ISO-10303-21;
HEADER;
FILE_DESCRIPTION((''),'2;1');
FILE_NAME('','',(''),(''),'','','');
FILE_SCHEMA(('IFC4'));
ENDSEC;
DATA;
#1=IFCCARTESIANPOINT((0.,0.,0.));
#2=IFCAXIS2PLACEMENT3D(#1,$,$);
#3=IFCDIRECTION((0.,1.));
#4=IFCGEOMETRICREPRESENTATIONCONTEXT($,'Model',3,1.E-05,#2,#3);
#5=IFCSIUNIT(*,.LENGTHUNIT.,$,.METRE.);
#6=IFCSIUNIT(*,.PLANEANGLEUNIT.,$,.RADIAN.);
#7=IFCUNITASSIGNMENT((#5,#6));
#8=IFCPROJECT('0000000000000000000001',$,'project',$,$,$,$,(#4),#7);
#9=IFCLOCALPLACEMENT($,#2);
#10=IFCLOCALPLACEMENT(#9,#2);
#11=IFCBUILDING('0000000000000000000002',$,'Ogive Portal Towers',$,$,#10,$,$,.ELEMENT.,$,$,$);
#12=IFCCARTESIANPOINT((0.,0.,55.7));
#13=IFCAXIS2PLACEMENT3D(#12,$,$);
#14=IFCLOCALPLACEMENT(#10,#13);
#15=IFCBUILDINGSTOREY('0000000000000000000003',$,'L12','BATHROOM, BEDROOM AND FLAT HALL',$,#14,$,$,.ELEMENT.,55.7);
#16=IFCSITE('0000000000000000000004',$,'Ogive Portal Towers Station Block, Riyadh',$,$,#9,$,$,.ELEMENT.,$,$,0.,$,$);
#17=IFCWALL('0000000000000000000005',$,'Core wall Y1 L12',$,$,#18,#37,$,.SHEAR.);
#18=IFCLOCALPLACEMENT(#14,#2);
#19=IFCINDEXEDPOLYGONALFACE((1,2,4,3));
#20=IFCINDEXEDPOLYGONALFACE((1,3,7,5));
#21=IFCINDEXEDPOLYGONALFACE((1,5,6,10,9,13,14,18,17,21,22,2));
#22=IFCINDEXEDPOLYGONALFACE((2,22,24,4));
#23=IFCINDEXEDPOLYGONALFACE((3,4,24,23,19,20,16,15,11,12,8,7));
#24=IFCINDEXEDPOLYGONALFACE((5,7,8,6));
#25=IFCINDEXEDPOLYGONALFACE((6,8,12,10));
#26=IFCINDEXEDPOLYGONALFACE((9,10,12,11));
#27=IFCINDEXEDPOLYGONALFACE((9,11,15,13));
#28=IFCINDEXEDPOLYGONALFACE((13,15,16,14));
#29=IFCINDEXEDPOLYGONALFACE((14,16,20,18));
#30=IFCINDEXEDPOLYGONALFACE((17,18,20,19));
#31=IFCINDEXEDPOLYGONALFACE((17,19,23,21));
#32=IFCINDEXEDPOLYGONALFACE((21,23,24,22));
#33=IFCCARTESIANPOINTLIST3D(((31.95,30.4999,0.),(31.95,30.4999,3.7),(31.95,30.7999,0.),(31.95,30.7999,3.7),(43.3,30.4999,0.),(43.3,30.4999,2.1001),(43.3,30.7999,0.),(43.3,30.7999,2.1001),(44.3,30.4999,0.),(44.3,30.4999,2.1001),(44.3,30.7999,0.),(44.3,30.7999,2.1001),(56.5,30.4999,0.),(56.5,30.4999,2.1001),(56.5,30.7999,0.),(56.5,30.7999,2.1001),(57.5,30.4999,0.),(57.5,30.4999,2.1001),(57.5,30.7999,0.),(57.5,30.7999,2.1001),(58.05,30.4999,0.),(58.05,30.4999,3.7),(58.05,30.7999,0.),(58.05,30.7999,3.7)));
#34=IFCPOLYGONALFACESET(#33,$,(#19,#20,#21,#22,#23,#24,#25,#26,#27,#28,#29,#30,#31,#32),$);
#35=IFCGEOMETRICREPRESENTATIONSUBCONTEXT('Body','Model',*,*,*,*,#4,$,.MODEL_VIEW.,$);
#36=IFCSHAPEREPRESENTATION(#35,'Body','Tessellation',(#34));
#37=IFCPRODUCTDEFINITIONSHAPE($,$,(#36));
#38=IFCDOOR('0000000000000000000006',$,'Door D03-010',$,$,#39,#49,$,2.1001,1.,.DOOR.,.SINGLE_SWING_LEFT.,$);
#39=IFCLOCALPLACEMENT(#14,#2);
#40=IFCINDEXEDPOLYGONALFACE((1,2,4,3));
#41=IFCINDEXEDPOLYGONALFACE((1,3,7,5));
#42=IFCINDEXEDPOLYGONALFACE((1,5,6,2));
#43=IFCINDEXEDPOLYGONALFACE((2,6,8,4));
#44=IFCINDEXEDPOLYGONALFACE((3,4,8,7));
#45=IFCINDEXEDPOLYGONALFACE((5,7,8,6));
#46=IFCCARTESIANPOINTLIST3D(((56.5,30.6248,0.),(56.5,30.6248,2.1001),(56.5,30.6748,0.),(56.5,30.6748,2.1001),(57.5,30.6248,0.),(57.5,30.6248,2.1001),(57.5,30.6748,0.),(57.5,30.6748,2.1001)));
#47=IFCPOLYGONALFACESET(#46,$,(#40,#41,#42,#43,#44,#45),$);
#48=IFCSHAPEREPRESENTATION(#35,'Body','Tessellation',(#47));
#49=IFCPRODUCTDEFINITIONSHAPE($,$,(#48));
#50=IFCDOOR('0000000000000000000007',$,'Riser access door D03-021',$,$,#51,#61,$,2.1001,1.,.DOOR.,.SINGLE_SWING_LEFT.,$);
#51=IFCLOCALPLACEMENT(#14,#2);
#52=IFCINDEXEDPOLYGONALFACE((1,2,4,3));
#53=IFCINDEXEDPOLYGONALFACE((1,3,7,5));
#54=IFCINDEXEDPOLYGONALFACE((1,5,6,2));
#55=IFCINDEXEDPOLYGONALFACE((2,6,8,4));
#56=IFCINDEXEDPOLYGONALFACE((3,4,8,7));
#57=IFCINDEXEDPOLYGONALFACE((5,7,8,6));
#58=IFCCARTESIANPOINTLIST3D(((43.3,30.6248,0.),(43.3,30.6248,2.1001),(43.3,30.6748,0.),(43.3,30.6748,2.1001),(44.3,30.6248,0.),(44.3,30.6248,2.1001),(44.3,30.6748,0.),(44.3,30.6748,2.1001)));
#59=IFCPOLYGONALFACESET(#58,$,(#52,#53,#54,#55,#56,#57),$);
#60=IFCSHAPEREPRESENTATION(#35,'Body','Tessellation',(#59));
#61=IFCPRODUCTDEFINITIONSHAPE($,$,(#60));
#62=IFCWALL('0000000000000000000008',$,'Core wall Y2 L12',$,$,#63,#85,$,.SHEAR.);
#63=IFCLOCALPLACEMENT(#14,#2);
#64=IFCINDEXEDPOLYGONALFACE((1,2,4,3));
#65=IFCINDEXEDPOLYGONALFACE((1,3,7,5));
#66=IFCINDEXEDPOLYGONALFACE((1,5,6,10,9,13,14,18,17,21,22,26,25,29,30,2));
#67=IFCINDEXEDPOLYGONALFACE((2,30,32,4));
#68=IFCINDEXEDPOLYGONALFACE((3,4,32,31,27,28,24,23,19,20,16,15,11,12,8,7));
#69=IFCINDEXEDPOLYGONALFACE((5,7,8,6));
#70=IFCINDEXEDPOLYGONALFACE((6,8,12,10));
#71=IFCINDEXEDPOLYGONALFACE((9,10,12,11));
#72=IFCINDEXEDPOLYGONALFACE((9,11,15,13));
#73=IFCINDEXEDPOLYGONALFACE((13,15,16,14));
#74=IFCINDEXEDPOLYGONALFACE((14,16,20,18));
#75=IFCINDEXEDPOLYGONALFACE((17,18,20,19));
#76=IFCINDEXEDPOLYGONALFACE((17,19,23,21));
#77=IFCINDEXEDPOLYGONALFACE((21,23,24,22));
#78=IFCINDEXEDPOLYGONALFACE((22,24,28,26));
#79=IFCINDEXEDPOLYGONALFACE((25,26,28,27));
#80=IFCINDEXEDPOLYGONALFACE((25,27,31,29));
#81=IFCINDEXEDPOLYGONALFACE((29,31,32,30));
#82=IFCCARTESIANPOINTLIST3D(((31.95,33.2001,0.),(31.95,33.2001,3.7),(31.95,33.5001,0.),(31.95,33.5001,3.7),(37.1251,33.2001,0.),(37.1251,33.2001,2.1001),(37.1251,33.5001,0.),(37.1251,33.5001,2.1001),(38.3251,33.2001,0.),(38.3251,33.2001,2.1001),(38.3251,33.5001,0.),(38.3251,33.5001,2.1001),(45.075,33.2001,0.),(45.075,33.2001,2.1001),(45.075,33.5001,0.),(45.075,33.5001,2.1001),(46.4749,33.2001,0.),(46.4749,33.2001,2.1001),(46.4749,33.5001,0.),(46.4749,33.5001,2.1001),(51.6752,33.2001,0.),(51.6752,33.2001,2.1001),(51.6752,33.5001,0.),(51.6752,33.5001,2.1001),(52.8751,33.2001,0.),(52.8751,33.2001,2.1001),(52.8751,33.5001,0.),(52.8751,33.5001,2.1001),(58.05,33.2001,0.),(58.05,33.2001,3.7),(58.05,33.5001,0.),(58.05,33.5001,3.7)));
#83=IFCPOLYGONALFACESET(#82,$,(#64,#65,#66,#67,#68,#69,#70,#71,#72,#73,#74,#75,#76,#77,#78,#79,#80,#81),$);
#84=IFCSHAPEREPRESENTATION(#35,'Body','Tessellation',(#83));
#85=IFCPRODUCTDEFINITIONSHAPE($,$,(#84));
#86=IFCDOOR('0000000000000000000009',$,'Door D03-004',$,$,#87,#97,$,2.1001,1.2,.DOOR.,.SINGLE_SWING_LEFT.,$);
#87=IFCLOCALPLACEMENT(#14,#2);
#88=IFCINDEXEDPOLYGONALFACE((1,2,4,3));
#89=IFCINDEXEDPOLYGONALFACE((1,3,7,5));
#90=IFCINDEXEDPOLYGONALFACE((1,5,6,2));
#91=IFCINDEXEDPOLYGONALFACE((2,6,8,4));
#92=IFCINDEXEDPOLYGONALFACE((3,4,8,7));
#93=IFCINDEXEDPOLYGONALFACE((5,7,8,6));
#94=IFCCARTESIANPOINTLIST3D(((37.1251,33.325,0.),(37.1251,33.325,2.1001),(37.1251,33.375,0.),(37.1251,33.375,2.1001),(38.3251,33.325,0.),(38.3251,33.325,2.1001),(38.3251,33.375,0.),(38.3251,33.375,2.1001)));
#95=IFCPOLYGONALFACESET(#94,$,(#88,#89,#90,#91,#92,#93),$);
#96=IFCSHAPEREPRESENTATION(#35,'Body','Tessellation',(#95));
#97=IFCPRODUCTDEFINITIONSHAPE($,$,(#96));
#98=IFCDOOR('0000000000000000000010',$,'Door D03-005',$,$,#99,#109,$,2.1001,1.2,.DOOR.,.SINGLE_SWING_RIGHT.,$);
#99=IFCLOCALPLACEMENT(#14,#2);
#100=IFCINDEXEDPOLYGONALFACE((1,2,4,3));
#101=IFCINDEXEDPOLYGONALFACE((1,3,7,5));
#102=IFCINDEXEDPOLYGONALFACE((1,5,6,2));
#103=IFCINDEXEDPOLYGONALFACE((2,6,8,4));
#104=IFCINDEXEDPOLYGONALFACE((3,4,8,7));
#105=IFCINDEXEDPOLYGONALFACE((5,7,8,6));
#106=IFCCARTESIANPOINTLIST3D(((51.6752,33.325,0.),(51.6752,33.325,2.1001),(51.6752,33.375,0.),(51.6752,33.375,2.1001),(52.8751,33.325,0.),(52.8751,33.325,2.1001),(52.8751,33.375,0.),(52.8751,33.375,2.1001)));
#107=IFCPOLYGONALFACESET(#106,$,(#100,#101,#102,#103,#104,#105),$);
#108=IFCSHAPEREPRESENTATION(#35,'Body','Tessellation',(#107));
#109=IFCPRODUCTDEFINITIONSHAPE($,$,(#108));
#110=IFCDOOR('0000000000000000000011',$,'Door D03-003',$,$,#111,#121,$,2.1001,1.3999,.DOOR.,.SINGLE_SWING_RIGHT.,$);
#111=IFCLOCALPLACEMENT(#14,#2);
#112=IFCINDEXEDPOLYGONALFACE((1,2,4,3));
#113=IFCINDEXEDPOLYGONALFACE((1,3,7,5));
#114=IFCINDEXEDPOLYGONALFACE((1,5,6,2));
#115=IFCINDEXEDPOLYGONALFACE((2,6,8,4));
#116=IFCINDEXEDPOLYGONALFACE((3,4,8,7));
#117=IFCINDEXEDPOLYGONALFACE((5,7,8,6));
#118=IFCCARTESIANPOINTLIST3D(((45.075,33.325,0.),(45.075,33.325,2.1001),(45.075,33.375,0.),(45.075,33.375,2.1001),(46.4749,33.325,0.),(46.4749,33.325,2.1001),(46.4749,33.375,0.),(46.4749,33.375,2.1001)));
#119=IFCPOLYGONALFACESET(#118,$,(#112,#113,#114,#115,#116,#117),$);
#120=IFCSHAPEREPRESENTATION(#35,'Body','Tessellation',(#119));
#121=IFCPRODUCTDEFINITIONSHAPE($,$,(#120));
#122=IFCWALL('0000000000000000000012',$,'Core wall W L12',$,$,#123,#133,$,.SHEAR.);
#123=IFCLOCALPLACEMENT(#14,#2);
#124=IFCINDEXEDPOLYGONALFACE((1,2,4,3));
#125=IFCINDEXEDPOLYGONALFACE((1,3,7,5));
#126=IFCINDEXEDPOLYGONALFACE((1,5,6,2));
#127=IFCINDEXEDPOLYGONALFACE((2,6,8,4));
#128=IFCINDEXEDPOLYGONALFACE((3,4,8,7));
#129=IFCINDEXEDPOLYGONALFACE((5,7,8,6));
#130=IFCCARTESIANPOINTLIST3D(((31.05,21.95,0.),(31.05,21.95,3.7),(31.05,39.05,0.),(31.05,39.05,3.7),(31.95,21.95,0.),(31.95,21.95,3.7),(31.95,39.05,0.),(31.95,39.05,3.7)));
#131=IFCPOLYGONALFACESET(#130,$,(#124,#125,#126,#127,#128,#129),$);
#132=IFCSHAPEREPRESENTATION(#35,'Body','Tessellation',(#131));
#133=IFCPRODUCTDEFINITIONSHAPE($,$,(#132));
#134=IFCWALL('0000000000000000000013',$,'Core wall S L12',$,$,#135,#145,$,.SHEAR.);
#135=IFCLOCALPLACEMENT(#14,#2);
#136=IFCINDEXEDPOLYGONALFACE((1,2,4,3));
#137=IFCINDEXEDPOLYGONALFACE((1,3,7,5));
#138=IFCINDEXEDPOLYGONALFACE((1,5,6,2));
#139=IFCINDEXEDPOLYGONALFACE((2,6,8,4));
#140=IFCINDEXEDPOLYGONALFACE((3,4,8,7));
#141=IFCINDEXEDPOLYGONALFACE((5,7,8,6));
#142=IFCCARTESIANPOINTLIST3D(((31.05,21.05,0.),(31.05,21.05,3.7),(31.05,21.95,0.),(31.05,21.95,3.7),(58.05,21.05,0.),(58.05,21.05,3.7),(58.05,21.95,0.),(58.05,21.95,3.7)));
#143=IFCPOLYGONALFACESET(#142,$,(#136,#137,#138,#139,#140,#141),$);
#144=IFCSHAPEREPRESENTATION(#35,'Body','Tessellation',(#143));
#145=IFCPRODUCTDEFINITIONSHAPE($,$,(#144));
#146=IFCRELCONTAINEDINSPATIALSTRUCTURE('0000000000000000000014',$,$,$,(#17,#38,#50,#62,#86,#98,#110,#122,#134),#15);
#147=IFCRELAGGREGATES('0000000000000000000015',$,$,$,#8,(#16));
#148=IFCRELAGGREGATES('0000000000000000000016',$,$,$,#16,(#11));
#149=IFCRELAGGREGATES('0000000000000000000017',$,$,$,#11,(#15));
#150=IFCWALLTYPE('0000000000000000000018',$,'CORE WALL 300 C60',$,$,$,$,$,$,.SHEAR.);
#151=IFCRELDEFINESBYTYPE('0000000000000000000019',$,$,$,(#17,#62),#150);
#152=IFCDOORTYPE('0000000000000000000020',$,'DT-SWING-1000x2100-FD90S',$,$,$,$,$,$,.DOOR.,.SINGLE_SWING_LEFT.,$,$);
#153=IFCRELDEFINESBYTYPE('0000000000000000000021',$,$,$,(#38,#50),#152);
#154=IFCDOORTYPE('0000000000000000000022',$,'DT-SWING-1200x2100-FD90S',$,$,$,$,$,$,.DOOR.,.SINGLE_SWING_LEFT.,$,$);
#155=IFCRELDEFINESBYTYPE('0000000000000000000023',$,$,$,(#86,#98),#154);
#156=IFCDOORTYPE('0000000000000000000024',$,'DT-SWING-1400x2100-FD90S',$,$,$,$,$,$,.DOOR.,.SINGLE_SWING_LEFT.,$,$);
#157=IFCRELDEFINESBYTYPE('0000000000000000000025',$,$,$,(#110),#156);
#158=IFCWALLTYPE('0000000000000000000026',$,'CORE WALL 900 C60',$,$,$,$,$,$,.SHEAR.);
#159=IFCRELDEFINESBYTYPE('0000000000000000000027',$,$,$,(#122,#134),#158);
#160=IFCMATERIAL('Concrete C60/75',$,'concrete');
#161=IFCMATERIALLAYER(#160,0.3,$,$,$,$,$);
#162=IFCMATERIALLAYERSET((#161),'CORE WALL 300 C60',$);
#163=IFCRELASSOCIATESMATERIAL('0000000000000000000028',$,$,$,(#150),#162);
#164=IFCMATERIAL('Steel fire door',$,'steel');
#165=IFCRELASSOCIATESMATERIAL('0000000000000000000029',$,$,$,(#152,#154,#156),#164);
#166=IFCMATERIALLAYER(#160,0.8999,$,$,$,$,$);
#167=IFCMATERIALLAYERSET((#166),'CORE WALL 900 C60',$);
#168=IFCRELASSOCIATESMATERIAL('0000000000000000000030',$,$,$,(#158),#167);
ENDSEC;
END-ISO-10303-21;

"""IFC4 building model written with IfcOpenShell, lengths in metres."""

from ifc_helpers import new_model, si_unit, direction, frame, frame_2d, origin, place, context, subcontext, project, spatial, rectangle, extrude, material, layer, layer_set, type_object, element, fill, save


model = new_model("IFC4")

# Units and contexts
model_context = context("Model", 3, precision=1e-05, world=origin(), true_north=direction((0.0, 1.0)))
body_context = subcontext(model_context, "Body", "Model", "MODEL_VIEW")
ifc_project = project(units=[si_unit("LENGTHUNIT", "METRE"), si_unit("PLANEANGLEUNIT", "RADIAN")], contexts=[model_context])

# Site, building, storey
site_placement = place(None, origin())
site = spatial("IfcSite", under=ifc_project, at=site_placement, Name="Ogive Portal Towers Station Block, Riyadh", CompositionType="ELEMENT", RefElevation=0.0)
building_placement = place(site_placement, origin())
building = spatial("IfcBuilding", under=site, at=building_placement, Name="Ogive Portal Towers", CompositionType="ELEMENT")
storey_placement = place(building_placement, frame((0.0, 0.0, 55.7)))
storey = spatial("IfcBuildingStorey", under=building, at=storey_placement, Name="L12", Description="BATHROOM, BEDROOM AND FLAT HALL", CompositionType="ELEMENT", Elevation=55.7)

# Walls, openings, doors
ifc_material_1 = material(Name="Concrete C60/75", Category="concrete")
ifc_layer_1 = layer(ifc_material_1, 0.3)
ifc_layer_set_1 = layer_set([ifc_layer_1], Name="CORE WALL 300 C60")
wall_type_1 = type_object("IfcWallType", Name="CORE WALL 300 C60", PredefinedType="SHEAR", material=ifc_layer_set_1)
wall_1_placement = place(storey_placement, frame((31.95, 30.6499, 0.0), z_axis=(0.0, 0.0, 1.0), x_axis=(1.0, 0.0, 0.0)))
wall_1 = element("IfcWall", 1, at=wall_1_placement, inside=storey, type_object=wall_type_1, Name="Core wall Y1 L12", PredefinedType="SHEAR", context=body_context, shape_type="SweptSolid", body=[
    extrude(rectangle(XDim=26.1001, YDim=0.3, at=frame_2d((13.05, 0.0))), origin(), (0.0, 0.0, 1.0), 3.7),
])
opening_1_placement = place(wall_1_placement, frame((24.55, 0.0, 0.0)))
opening_1 = element("IfcOpeningElement", 2, at=opening_1_placement, cuts=wall_1, PredefinedType="OPENING", context=body_context, shape_type="SweptSolid", body=[
    extrude(rectangle(XDim=1.0, YDim=2.1001, at=frame_2d((0.5, 1.05))), frame((0.0, 0.1602, 0.0), z_axis=(0.0, -1.0, 0.0), x_axis=(1.0, 0.0, 0.0)), (0.0, 0.0, 1.0), 0.3201),
])
opening_2_placement = place(wall_1_placement, frame((11.3501, 0.0, 0.0)))
opening_2 = element("IfcOpeningElement", 3, at=opening_2_placement, cuts=wall_1, PredefinedType="OPENING", context=body_context, shape_type="SweptSolid", body=[
    extrude(rectangle(XDim=1.0, YDim=2.1001, at=frame_2d((0.5, 1.05))), frame((0.0, 0.1602, 0.0), z_axis=(0.0, -1.0, 0.0), x_axis=(1.0, 0.0, 0.0)), (0.0, 0.0, 1.0), 0.3201),
])
ifc_material_2 = material(Name="Steel fire door", Category="steel")
door_type_1 = type_object("IfcDoorType", Name="DT-SWING-1000x2100-FD90S", OperationType="SINGLE_SWING_LEFT", PredefinedType="DOOR", material=ifc_material_2)
door_1_placement = place(opening_1_placement, origin())
door_1 = element("IfcDoor", 4, at=door_1_placement, inside=storey, type_object=door_type_1, Name="Door D03-010", OperationType="SINGLE_SWING_LEFT", OverallHeight=2.1001, OverallWidth=1.0, PredefinedType="DOOR", context=body_context, shape_type="SweptSolid", body=[
    extrude(rectangle(XDim=1.0, YDim=2.1001, at=frame_2d((0.5, 1.05))), frame((0.0, 0.0249, 0.0), z_axis=(0.0, -1.0, 0.0), x_axis=(1.0, 0.0, 0.0)), (0.0, 0.0, 1.0), 0.05),
])
fill(opening_1, door_1)
door_2_placement = place(opening_2_placement, origin())
door_2 = element("IfcDoor", 5, at=door_2_placement, inside=storey, type_object=door_type_1, Name="Riser access door D03-021", OperationType="SINGLE_SWING_LEFT", OverallHeight=2.1001, OverallWidth=1.0, PredefinedType="DOOR", context=body_context, shape_type="SweptSolid", body=[
    extrude(rectangle(XDim=1.0, YDim=2.1001, at=frame_2d((0.5, 1.05))), frame((0.0, 0.0249, 0.0), z_axis=(0.0, -1.0, 0.0), x_axis=(1.0, 0.0, 0.0)), (0.0, 0.0, 1.0), 0.05),
])
fill(opening_2, door_2)
wall_2_placement = place(storey_placement, frame((31.95, 33.3501, 0.0), z_axis=(0.0, 0.0, 1.0), x_axis=(1.0, 0.0, 0.0)))
wall_2 = element("IfcWall", 6, at=wall_2_placement, inside=storey, type_object=wall_type_1, Name="Core wall Y2 L12", PredefinedType="SHEAR", context=body_context, shape_type="SweptSolid", body=[
    extrude(rectangle(XDim=26.1001, YDim=0.3, at=frame_2d((13.05, 0.0))), origin(), (0.0, 0.0, 1.0), 3.7),
])
opening_3_placement = place(wall_2_placement, frame((13.125, 0.0, 0.0)))
opening_3 = element("IfcOpeningElement", 7, at=opening_3_placement, cuts=wall_2, PredefinedType="OPENING", context=body_context, shape_type="SweptSolid", body=[
    extrude(rectangle(XDim=1.3999, YDim=2.1001, at=frame_2d((0.7, 1.05))), frame((0.0, 0.1602, 0.0), z_axis=(0.0, -1.0, 0.0), x_axis=(1.0, 0.0, 0.0)), (0.0, 0.0, 1.0), 0.3201),
])
opening_4_placement = place(wall_2_placement, frame((5.175, 0.0, 0.0)))
opening_4 = element("IfcOpeningElement", 8, at=opening_4_placement, cuts=wall_2, PredefinedType="OPENING", context=body_context, shape_type="SweptSolid", body=[
    extrude(rectangle(XDim=1.2, YDim=2.1001, at=frame_2d((0.6001, 1.05))), frame((0.0, 0.1602, 0.0), z_axis=(0.0, -1.0, 0.0), x_axis=(1.0, 0.0, 0.0)), (0.0, 0.0, 1.0), 0.3201),
])
opening_5_placement = place(wall_2_placement, frame((19.7251, 0.0, 0.0)))
opening_5 = element("IfcOpeningElement", 9, at=opening_5_placement, cuts=wall_2, PredefinedType="OPENING", context=body_context, shape_type="SweptSolid", body=[
    extrude(rectangle(XDim=1.2, YDim=2.1001, at=frame_2d((0.6001, 1.05))), frame((0.0, 0.1602, 0.0), z_axis=(0.0, -1.0, 0.0), x_axis=(1.0, 0.0, 0.0)), (0.0, 0.0, 1.0), 0.3201),
])
door_type_2 = type_object("IfcDoorType", Name="DT-SWING-1200x2100-FD90S", OperationType="SINGLE_SWING_LEFT", PredefinedType="DOOR", material=ifc_material_2)
door_3_placement = place(opening_4_placement, origin())
door_3 = element("IfcDoor", 10, at=door_3_placement, inside=storey, type_object=door_type_2, Name="Door D03-004", OperationType="SINGLE_SWING_LEFT", OverallHeight=2.1001, OverallWidth=1.2, PredefinedType="DOOR", context=body_context, shape_type="SweptSolid", body=[
    extrude(rectangle(XDim=1.2, YDim=2.1001, at=frame_2d((0.6001, 1.05))), frame((0.0, 0.0249, 0.0), z_axis=(0.0, -1.0, 0.0), x_axis=(1.0, 0.0, 0.0)), (0.0, 0.0, 1.0), 0.05),
])
fill(opening_4, door_3)
door_4_placement = place(opening_5_placement, origin())
door_4 = element("IfcDoor", 11, at=door_4_placement, inside=storey, type_object=door_type_2, Name="Door D03-005", OperationType="SINGLE_SWING_RIGHT", OverallHeight=2.1001, OverallWidth=1.2, PredefinedType="DOOR", context=body_context, shape_type="SweptSolid", body=[
    extrude(rectangle(XDim=1.2, YDim=2.1001, at=frame_2d((0.6001, 1.05))), frame((0.0, 0.0249, 0.0), z_axis=(0.0, -1.0, 0.0), x_axis=(1.0, 0.0, 0.0)), (0.0, 0.0, 1.0), 0.05),
])
fill(opening_5, door_4)
door_type_3 = type_object("IfcDoorType", Name="DT-SWING-1400x2100-FD90S", OperationType="SINGLE_SWING_LEFT", PredefinedType="DOOR", material=ifc_material_2)
door_5_placement = place(opening_3_placement, origin())
door_5 = element("IfcDoor", 12, at=door_5_placement, inside=storey, type_object=door_type_3, Name="Door D03-003", OperationType="SINGLE_SWING_RIGHT", OverallHeight=2.1001, OverallWidth=1.3999, PredefinedType="DOOR", context=body_context, shape_type="SweptSolid", body=[
    extrude(rectangle(XDim=1.3999, YDim=2.1001, at=frame_2d((0.7, 1.05))), frame((0.0, 0.0249, 0.0), z_axis=(0.0, -1.0, 0.0), x_axis=(1.0, 0.0, 0.0)), (0.0, 0.0, 1.0), 0.05),
])
fill(opening_3, door_5)

# Walls
ifc_layer_2 = layer(ifc_material_1, 0.8999)
ifc_layer_set_2 = layer_set([ifc_layer_2], Name="CORE WALL 900 C60")
wall_type_2 = type_object("IfcWallType", Name="CORE WALL 900 C60", PredefinedType="SHEAR", material=ifc_layer_set_2)
wall_3_placement = place(storey_placement, frame((31.5, 21.95, 0.0), z_axis=(0.0, 0.0, 1.0), x_axis=(0.0, 1.0, 0.0)))
element("IfcWall", 13, at=wall_3_placement, inside=storey, type_object=wall_type_2, Name="Core wall W L12", PredefinedType="SHEAR", context=body_context, shape_type="SweptSolid", body=[
    extrude(rectangle(XDim=17.1001, YDim=0.8999, at=frame_2d((8.55, 0.0))), origin(), (0.0, 0.0, 1.0), 3.7),
])
wall_4_placement = place(storey_placement, frame((31.05, 21.5, 0.0), z_axis=(0.0, 0.0, 1.0), x_axis=(1.0, 0.0, 0.0)))
element("IfcWall", 14, at=wall_4_placement, inside=storey, type_object=wall_type_2, Name="Core wall S L12", PredefinedType="SHEAR", context=body_context, shape_type="SweptSolid", body=[
    extrude(rectangle(XDim=27.0, YDim=0.8999, at=frame_2d((13.5, 0.0))), origin(), (0.0, 0.0, 1.0), 3.7),
])

save(model, "model.ifc")
